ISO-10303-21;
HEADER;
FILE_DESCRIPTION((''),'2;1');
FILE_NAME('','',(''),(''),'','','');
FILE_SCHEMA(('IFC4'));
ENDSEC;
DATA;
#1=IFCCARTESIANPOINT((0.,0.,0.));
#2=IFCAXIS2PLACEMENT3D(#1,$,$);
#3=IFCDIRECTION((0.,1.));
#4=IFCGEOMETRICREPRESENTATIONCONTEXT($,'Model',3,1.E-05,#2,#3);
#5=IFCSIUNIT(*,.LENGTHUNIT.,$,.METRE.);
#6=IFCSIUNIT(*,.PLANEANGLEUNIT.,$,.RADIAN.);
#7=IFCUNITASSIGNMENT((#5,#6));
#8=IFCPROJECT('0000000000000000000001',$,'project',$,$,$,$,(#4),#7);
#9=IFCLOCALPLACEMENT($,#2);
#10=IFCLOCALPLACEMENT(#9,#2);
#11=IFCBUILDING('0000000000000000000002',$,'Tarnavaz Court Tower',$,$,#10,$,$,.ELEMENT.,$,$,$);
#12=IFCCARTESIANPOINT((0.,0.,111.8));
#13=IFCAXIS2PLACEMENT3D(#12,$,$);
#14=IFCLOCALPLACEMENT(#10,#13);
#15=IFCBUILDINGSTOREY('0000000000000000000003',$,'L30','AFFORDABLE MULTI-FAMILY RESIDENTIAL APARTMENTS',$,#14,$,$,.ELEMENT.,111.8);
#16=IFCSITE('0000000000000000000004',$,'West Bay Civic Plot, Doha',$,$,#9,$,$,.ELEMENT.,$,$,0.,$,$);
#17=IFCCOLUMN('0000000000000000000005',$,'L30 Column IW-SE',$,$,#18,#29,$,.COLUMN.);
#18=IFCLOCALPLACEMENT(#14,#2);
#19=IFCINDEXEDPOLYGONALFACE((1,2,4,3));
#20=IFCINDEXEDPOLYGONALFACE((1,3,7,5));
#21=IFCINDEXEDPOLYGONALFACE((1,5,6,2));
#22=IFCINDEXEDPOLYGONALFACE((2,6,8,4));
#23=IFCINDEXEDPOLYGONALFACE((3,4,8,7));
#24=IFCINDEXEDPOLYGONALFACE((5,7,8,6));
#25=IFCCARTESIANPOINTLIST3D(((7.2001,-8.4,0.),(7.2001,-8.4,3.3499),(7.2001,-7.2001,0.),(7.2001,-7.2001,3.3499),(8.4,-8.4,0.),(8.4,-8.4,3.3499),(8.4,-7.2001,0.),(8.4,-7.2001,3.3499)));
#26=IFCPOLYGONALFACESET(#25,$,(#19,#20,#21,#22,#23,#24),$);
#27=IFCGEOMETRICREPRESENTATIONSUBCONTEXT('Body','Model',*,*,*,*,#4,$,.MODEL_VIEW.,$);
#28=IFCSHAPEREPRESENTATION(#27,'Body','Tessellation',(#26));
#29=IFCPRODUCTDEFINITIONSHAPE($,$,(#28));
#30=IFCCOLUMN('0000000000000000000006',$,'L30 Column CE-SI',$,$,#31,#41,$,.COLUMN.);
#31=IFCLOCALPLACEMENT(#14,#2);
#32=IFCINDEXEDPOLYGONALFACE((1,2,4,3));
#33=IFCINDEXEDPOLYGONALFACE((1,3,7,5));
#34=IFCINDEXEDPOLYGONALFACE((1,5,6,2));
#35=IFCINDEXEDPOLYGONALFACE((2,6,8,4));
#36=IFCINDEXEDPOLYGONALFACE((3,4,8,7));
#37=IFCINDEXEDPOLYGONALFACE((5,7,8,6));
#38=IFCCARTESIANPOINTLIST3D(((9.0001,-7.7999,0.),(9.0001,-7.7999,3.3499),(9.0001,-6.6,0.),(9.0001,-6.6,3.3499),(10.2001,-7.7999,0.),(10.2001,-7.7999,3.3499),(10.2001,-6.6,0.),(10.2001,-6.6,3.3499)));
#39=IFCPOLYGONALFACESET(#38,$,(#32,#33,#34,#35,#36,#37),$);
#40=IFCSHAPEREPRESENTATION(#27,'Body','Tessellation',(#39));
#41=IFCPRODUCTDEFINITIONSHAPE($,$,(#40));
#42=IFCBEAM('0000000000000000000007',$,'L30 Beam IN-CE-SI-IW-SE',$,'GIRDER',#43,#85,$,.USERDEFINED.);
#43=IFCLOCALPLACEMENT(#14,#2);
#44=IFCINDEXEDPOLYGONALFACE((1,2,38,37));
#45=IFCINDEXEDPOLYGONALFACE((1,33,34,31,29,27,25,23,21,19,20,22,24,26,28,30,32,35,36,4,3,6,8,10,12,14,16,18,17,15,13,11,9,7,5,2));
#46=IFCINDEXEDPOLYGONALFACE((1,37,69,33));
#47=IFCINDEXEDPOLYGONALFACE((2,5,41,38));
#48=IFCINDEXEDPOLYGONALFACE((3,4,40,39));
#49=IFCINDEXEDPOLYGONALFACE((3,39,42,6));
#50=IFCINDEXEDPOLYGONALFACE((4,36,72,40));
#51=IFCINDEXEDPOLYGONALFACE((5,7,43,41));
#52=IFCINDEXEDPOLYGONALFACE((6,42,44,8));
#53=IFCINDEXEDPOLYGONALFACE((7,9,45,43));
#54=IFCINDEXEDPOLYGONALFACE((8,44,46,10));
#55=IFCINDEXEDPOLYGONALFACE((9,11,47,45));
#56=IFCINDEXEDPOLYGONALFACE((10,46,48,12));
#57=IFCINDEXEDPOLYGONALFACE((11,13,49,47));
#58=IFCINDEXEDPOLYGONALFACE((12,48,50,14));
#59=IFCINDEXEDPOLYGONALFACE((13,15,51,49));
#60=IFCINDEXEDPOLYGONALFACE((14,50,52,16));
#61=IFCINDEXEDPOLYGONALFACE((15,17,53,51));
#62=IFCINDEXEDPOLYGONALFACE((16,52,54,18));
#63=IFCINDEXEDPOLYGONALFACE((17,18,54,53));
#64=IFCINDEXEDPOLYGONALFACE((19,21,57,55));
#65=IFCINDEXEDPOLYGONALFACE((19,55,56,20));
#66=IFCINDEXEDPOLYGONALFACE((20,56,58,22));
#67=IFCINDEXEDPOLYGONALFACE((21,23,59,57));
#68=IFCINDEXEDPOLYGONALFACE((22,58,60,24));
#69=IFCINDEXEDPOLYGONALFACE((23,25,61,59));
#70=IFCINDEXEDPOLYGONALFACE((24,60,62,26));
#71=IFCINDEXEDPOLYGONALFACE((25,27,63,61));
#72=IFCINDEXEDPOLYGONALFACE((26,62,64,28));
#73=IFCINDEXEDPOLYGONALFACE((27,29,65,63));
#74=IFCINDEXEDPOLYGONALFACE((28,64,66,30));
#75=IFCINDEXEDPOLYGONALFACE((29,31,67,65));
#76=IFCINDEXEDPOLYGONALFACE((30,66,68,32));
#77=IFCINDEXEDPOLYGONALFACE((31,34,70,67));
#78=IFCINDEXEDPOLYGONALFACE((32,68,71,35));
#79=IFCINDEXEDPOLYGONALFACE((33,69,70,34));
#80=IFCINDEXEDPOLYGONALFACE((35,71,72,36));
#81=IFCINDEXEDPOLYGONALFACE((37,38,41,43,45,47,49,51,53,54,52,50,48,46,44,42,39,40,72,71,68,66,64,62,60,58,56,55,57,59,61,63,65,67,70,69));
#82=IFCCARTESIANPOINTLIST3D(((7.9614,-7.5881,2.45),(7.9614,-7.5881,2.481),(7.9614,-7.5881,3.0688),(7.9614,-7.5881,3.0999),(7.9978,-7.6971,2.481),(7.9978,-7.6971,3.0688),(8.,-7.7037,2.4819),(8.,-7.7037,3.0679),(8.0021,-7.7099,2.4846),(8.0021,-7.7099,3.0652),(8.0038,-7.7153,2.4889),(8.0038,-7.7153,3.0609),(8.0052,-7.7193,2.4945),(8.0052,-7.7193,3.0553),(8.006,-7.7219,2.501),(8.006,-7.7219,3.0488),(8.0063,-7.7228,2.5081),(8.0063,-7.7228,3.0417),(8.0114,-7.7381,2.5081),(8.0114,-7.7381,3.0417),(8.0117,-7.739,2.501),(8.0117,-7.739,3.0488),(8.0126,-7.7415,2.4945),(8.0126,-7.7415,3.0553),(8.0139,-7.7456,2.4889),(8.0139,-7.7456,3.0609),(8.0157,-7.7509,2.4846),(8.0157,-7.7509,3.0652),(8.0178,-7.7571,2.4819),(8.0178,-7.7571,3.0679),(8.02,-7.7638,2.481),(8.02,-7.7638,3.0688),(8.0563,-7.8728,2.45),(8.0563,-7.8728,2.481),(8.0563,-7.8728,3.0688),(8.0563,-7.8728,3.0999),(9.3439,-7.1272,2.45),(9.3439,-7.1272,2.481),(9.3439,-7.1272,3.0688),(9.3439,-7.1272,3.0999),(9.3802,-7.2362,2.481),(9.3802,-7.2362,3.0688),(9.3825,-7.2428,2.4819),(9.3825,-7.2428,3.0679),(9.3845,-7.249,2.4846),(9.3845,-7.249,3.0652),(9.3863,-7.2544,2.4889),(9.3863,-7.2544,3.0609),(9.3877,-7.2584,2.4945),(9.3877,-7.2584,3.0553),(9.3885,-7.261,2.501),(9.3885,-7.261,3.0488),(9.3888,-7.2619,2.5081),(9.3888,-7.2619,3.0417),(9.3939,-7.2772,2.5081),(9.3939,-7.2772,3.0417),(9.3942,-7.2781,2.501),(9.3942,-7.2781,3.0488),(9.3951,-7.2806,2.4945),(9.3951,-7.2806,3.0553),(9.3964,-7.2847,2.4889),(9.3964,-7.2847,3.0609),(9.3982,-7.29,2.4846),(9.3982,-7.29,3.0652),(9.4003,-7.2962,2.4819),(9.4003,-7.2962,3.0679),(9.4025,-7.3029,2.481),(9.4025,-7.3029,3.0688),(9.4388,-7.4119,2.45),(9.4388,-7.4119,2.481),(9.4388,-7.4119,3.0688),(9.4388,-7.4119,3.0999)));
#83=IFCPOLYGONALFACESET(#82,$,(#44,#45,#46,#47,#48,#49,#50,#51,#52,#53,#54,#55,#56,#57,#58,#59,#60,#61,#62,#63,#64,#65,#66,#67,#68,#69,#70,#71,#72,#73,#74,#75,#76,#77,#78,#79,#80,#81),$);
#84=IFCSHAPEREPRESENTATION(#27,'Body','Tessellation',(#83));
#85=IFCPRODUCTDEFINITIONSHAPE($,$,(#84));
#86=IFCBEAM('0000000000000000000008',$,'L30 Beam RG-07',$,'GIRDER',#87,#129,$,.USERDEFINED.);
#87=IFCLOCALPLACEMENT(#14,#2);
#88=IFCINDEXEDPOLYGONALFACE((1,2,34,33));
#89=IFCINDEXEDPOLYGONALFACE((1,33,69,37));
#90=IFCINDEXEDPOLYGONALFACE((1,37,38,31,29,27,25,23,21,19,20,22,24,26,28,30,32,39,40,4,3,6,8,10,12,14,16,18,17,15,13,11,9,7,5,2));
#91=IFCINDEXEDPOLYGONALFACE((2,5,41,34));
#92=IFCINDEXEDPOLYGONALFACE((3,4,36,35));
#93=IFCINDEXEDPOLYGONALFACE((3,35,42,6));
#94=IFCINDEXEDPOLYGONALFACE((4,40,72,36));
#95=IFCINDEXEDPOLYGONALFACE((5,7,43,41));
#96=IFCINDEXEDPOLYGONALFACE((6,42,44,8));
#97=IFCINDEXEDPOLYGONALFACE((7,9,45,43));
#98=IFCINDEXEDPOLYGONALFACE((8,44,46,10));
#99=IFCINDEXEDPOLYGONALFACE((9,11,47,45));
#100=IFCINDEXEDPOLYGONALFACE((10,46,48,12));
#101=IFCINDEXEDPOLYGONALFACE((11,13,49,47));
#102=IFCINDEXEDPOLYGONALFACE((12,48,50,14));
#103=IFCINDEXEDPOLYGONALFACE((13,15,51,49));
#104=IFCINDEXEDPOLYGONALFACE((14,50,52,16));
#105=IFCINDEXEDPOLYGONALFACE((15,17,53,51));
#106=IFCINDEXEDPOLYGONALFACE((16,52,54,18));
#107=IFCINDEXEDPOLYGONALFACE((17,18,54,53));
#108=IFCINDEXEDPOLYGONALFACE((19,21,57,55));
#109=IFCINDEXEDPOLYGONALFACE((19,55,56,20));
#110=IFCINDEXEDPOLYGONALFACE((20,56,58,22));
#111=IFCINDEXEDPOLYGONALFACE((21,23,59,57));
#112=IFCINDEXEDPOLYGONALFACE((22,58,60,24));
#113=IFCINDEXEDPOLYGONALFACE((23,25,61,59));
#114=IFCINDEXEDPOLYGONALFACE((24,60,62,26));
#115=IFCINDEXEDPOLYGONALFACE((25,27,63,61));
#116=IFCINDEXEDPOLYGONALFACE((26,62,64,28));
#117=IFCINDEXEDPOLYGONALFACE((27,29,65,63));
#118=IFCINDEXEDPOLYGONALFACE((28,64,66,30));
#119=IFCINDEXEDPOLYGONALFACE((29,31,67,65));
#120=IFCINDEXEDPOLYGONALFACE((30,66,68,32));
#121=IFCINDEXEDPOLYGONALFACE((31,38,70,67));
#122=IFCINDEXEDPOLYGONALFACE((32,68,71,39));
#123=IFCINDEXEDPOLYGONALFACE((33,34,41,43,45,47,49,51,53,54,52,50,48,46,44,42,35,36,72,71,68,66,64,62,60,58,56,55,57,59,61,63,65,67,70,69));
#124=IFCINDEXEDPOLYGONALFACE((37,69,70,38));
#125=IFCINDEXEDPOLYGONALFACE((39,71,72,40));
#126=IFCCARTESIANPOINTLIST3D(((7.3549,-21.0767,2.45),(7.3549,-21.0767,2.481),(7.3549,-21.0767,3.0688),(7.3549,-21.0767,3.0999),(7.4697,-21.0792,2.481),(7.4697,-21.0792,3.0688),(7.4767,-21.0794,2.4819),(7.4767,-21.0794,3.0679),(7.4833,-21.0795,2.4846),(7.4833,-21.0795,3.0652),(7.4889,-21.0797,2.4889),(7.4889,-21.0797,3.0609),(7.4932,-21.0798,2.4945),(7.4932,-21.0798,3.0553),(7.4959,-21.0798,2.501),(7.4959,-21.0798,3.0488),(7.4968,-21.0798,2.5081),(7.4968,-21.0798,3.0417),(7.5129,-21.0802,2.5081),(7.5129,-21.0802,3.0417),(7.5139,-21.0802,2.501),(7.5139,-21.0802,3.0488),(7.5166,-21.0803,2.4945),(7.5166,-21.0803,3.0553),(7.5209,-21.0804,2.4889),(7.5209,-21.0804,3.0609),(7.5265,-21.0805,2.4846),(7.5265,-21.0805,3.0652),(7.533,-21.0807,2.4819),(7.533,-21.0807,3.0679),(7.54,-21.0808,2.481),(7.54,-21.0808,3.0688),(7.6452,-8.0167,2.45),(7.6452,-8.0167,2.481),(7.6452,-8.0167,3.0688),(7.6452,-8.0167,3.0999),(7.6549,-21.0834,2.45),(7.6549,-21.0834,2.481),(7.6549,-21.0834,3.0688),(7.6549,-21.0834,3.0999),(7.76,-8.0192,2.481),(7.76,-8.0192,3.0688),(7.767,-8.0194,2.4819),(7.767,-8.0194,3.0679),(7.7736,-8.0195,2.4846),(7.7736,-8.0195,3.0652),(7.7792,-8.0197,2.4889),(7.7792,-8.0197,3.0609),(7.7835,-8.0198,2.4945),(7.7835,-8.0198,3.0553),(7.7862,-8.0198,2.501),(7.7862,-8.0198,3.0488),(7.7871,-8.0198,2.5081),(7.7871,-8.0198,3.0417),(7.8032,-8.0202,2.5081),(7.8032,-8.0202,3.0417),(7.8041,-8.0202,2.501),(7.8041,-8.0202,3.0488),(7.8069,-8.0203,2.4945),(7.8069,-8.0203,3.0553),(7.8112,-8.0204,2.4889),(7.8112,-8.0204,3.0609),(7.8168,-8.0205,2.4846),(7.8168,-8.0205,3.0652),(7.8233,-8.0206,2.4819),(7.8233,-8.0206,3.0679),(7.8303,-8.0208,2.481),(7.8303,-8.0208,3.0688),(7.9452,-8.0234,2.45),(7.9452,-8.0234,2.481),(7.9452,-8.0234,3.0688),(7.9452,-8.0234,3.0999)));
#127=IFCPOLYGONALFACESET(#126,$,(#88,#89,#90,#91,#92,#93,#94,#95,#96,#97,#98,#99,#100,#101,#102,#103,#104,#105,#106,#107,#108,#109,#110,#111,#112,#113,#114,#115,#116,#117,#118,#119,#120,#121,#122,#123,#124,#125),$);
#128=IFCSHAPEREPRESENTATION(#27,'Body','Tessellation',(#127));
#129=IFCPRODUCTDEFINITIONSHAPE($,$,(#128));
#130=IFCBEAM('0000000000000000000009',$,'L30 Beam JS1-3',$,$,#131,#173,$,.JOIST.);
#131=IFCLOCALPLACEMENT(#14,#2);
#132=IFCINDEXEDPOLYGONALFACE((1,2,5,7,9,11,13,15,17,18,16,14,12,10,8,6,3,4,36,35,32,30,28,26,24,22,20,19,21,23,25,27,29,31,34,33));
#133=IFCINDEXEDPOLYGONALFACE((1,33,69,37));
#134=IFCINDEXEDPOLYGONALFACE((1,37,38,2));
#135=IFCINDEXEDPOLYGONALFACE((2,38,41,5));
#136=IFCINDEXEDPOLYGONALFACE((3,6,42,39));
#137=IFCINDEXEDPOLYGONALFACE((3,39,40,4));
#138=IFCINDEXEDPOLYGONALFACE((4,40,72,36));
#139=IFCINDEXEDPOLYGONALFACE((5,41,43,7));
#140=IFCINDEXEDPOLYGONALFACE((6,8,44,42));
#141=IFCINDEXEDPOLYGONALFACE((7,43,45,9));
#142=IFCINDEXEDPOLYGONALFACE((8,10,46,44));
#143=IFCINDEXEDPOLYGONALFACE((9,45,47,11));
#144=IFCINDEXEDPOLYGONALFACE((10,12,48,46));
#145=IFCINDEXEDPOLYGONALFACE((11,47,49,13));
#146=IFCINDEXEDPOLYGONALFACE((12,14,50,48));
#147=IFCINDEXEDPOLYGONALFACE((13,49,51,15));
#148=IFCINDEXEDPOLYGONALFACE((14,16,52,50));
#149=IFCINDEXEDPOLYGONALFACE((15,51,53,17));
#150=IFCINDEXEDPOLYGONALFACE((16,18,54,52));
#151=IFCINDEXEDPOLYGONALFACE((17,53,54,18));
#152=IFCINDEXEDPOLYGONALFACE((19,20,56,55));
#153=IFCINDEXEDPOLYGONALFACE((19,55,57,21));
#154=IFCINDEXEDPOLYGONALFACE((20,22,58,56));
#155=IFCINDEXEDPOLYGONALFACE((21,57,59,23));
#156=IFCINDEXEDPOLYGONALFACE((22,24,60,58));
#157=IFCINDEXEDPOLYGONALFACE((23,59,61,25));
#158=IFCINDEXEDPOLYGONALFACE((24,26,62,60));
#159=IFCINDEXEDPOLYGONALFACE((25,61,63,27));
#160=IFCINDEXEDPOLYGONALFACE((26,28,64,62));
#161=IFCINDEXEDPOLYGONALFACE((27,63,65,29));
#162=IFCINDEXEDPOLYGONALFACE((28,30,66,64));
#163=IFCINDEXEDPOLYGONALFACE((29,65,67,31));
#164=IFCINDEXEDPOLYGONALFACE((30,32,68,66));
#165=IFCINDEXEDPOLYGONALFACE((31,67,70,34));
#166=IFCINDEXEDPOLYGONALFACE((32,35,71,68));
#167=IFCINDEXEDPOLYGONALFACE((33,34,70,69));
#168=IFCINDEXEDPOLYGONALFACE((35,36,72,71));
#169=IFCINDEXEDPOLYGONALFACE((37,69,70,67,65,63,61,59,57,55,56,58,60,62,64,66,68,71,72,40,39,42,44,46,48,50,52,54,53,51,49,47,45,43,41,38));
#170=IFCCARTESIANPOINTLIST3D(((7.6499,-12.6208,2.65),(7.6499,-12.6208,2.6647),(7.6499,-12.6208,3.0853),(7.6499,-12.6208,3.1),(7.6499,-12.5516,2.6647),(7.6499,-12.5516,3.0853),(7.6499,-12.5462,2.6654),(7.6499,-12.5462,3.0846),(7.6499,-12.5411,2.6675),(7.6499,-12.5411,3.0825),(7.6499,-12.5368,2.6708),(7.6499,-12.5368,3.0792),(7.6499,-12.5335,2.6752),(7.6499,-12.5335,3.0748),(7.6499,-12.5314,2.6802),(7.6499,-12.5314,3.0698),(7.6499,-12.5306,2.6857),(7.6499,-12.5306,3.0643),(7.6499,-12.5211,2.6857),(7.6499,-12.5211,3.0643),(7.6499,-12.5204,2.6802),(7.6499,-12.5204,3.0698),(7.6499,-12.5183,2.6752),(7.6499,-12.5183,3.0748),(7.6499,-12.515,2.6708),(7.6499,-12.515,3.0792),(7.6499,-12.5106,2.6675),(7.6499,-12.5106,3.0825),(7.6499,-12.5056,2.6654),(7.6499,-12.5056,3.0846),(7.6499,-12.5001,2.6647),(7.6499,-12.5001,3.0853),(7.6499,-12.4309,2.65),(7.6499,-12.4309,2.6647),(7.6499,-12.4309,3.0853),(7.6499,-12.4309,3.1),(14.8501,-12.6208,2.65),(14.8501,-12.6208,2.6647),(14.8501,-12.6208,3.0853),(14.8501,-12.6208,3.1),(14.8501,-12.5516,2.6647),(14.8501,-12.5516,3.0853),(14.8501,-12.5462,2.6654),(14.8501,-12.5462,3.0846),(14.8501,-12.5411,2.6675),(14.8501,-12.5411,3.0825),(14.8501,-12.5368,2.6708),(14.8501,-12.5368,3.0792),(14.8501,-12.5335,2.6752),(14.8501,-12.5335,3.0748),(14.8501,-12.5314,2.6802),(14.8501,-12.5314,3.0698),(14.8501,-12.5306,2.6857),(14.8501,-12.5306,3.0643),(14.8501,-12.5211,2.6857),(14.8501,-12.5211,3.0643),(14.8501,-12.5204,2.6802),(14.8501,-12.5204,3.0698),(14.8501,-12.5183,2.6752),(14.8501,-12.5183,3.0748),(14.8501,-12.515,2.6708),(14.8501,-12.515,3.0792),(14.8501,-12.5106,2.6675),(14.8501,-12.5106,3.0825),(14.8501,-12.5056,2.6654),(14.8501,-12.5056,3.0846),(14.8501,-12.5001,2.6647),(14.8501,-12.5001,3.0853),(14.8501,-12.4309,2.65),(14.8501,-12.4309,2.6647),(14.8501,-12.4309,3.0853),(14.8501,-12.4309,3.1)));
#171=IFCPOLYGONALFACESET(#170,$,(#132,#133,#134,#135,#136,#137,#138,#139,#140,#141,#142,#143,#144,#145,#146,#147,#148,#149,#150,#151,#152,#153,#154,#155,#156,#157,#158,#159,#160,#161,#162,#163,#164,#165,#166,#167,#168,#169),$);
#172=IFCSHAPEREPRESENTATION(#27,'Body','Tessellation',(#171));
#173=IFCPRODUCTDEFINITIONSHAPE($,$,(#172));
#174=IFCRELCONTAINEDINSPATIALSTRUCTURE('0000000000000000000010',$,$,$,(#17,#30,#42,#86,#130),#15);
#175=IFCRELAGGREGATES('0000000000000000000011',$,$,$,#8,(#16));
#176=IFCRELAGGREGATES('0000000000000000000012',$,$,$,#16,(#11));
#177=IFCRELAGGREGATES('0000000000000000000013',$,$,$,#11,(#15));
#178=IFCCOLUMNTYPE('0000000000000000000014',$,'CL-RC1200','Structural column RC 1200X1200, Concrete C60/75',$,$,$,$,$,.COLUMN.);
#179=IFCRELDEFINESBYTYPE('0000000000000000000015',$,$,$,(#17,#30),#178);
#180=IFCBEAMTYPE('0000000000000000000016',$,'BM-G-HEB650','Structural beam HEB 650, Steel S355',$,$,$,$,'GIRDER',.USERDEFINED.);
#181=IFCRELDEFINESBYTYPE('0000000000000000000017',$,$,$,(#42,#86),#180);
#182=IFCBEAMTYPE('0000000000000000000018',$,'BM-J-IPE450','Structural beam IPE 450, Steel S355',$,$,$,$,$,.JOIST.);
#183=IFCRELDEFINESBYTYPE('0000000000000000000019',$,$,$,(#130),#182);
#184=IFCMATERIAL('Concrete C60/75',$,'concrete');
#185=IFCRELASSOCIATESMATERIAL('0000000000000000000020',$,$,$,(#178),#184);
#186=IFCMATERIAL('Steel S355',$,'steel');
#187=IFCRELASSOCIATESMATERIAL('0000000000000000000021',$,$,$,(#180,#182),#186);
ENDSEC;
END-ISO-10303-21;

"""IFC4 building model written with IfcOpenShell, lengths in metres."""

from ifc_helpers import new_model, si_unit, direction, frame, origin, origin_2d, place, context, subcontext, project, spatial, rectangle, i_section, extrude, material, material_profile, profile_set, type_object, element, save


model = new_model("IFC4")

# Units and contexts
model_context = context("Model", 3, precision=1e-05, world=origin(), true_north=direction((0.0, 1.0)))
body_context = subcontext(model_context, "Body", "Model", "MODEL_VIEW")
ifc_project = project(units=[si_unit("LENGTHUNIT", "METRE"), si_unit("PLANEANGLEUNIT", "RADIAN")], contexts=[model_context])

# Site, building, storey
site_placement = place(None, origin())
site = spatial("IfcSite", under=ifc_project, at=site_placement, Name="West Bay Civic Plot, Doha", CompositionType="ELEMENT", RefElevation=0.0)
building_placement = place(site_placement, origin())
building = spatial("IfcBuilding", under=site, at=building_placement, Name="Tarnavaz Court Tower", CompositionType="ELEMENT")
storey_placement = place(building_placement, frame((0.0, 0.0, 111.8)))
storey = spatial("IfcBuildingStorey", under=building, at=storey_placement, Name="L30", Description="AFFORDABLE MULTI-FAMILY RESIDENTIAL APARTMENTS", CompositionType="ELEMENT", Elevation=111.8)

# Columns
ifc_material_1 = material(Name="Concrete C60/75", Category="concrete")
ifc_material_profile_1 = material_profile(ifc_material_1, rectangle(XDim=1.2, YDim=1.2, at=origin_2d()), Name="RC 1200X1200")
ifc_profile_set_1 = profile_set([ifc_material_profile_1], Name="Concrete C60/75")
column_type = type_object("IfcColumnType", Name="CL-RC1200", Description="Structural column RC 1200X1200, Concrete C60/75", PredefinedType="COLUMN", material=ifc_profile_set_1)
for number, where, z_axis, x_axis, name in (
    (1, (7.8, -7.8, 0.0), (0.0, 0.0, 1.0), (1.0, 0.0, 0.0), "L30 Column IW-SE"),
    (2, (9.6001, -7.2, 0.0), (0.0, 0.0, 1.0), (1.0, 0.0, 0.0), "L30 Column CE-SI"),
):
    element("IfcColumn", number, at=place(storey_placement, frame(where, z_axis=z_axis, x_axis=x_axis)), inside=storey, type_object=column_type, Name=name, PredefinedType="COLUMN", context=body_context, shape_type="SweptSolid", body=[
        extrude(rectangle(XDim=1.2, YDim=1.2, at=origin_2d()), origin(), (0.0, 0.0, 1.0), 3.3499),
    ])

# Beams
ifc_material_2 = material(Name="Steel S355", Category="steel")
ifc_material_profile_2 = material_profile(ifc_material_2, i_section(OverallWidth=0.3, OverallDepth=0.6499, WebThickness=0.0161, FlangeThickness=0.031, FilletRadius=0.0271, at=origin_2d()), Name="HEB 650")
ifc_profile_set_2 = profile_set([ifc_material_profile_2], Name="Steel S355")
beam_type_1 = type_object("IfcBeamType", Name="BM-G-HEB650", Description="Structural beam HEB 650, Steel S355", ElementType="GIRDER", PredefinedType="USERDEFINED", material=ifc_profile_set_2)
beam_1_placement = place(storey_placement, frame((9.3914, -7.2695, 2.7749), z_axis=(-0.948667, -0.316278, 0.0), x_axis=(0.316278, -0.948667, 0.0)))
element("IfcBeam", 3, at=beam_1_placement, inside=storey, type_object=beam_type_1, Name="L30 Beam IN-CE-SI-IW-SE", ObjectType="GIRDER", PredefinedType="USERDEFINED", context=body_context, shape_type="SweptSolid", body=[
    extrude(i_section(OverallWidth=0.3, OverallDepth=0.6499, WebThickness=0.0161, FlangeThickness=0.031, FilletRadius=0.0271, at=origin_2d()), origin(), (0.0, 0.0, 1.0), 1.4573),
])
beam_2_placement = place(storey_placement, frame((7.7952, -8.02, 2.7749), z_axis=(-0.022221, -0.999753, 0.0), x_axis=(0.999753, -0.022221, 0.0)))
element("IfcBeam", 4, at=beam_2_placement, inside=storey, type_object=beam_type_1, Name="L30 Beam RG-07", ObjectType="GIRDER", PredefinedType="USERDEFINED", context=body_context, shape_type="SweptSolid", body=[
    extrude(i_section(OverallWidth=0.3, OverallDepth=0.6499, WebThickness=0.0161, FlangeThickness=0.031, FilletRadius=0.0271, at=origin_2d()), origin(), (0.0, 0.0, 1.0), 13.0632),
])
ifc_material_profile_3 = material_profile(ifc_material_2, i_section(OverallWidth=0.1899, OverallDepth=0.45, WebThickness=0.0095, FlangeThickness=0.0146, FilletRadius=0.021, at=origin_2d()), Name="IPE 450")
ifc_profile_set_3 = profile_set([ifc_material_profile_3], Name="Steel S355")
beam_type_2 = type_object("IfcBeamType", Name="BM-J-IPE450", Description="Structural beam IPE 450, Steel S355", PredefinedType="JOIST", material=ifc_profile_set_3)
beam_3_placement = place(storey_placement, frame((7.6499, -12.5259, 2.875), z_axis=(1.0, 0.0, 0.0), x_axis=(0.0, 1.0, 0.0)))
element("IfcBeam", 5, at=beam_3_placement, inside=storey, type_object=beam_type_2, Name="L30 Beam JS1-3", PredefinedType="JOIST", context=body_context, shape_type="SweptSolid", body=[
    extrude(i_section(OverallWidth=0.1899, OverallDepth=0.45, WebThickness=0.0095, FlangeThickness=0.0146, FilletRadius=0.021, at=origin_2d()), origin(), (0.0, 0.0, 1.0), 7.2002),
])

save(model, "model.ifc")
